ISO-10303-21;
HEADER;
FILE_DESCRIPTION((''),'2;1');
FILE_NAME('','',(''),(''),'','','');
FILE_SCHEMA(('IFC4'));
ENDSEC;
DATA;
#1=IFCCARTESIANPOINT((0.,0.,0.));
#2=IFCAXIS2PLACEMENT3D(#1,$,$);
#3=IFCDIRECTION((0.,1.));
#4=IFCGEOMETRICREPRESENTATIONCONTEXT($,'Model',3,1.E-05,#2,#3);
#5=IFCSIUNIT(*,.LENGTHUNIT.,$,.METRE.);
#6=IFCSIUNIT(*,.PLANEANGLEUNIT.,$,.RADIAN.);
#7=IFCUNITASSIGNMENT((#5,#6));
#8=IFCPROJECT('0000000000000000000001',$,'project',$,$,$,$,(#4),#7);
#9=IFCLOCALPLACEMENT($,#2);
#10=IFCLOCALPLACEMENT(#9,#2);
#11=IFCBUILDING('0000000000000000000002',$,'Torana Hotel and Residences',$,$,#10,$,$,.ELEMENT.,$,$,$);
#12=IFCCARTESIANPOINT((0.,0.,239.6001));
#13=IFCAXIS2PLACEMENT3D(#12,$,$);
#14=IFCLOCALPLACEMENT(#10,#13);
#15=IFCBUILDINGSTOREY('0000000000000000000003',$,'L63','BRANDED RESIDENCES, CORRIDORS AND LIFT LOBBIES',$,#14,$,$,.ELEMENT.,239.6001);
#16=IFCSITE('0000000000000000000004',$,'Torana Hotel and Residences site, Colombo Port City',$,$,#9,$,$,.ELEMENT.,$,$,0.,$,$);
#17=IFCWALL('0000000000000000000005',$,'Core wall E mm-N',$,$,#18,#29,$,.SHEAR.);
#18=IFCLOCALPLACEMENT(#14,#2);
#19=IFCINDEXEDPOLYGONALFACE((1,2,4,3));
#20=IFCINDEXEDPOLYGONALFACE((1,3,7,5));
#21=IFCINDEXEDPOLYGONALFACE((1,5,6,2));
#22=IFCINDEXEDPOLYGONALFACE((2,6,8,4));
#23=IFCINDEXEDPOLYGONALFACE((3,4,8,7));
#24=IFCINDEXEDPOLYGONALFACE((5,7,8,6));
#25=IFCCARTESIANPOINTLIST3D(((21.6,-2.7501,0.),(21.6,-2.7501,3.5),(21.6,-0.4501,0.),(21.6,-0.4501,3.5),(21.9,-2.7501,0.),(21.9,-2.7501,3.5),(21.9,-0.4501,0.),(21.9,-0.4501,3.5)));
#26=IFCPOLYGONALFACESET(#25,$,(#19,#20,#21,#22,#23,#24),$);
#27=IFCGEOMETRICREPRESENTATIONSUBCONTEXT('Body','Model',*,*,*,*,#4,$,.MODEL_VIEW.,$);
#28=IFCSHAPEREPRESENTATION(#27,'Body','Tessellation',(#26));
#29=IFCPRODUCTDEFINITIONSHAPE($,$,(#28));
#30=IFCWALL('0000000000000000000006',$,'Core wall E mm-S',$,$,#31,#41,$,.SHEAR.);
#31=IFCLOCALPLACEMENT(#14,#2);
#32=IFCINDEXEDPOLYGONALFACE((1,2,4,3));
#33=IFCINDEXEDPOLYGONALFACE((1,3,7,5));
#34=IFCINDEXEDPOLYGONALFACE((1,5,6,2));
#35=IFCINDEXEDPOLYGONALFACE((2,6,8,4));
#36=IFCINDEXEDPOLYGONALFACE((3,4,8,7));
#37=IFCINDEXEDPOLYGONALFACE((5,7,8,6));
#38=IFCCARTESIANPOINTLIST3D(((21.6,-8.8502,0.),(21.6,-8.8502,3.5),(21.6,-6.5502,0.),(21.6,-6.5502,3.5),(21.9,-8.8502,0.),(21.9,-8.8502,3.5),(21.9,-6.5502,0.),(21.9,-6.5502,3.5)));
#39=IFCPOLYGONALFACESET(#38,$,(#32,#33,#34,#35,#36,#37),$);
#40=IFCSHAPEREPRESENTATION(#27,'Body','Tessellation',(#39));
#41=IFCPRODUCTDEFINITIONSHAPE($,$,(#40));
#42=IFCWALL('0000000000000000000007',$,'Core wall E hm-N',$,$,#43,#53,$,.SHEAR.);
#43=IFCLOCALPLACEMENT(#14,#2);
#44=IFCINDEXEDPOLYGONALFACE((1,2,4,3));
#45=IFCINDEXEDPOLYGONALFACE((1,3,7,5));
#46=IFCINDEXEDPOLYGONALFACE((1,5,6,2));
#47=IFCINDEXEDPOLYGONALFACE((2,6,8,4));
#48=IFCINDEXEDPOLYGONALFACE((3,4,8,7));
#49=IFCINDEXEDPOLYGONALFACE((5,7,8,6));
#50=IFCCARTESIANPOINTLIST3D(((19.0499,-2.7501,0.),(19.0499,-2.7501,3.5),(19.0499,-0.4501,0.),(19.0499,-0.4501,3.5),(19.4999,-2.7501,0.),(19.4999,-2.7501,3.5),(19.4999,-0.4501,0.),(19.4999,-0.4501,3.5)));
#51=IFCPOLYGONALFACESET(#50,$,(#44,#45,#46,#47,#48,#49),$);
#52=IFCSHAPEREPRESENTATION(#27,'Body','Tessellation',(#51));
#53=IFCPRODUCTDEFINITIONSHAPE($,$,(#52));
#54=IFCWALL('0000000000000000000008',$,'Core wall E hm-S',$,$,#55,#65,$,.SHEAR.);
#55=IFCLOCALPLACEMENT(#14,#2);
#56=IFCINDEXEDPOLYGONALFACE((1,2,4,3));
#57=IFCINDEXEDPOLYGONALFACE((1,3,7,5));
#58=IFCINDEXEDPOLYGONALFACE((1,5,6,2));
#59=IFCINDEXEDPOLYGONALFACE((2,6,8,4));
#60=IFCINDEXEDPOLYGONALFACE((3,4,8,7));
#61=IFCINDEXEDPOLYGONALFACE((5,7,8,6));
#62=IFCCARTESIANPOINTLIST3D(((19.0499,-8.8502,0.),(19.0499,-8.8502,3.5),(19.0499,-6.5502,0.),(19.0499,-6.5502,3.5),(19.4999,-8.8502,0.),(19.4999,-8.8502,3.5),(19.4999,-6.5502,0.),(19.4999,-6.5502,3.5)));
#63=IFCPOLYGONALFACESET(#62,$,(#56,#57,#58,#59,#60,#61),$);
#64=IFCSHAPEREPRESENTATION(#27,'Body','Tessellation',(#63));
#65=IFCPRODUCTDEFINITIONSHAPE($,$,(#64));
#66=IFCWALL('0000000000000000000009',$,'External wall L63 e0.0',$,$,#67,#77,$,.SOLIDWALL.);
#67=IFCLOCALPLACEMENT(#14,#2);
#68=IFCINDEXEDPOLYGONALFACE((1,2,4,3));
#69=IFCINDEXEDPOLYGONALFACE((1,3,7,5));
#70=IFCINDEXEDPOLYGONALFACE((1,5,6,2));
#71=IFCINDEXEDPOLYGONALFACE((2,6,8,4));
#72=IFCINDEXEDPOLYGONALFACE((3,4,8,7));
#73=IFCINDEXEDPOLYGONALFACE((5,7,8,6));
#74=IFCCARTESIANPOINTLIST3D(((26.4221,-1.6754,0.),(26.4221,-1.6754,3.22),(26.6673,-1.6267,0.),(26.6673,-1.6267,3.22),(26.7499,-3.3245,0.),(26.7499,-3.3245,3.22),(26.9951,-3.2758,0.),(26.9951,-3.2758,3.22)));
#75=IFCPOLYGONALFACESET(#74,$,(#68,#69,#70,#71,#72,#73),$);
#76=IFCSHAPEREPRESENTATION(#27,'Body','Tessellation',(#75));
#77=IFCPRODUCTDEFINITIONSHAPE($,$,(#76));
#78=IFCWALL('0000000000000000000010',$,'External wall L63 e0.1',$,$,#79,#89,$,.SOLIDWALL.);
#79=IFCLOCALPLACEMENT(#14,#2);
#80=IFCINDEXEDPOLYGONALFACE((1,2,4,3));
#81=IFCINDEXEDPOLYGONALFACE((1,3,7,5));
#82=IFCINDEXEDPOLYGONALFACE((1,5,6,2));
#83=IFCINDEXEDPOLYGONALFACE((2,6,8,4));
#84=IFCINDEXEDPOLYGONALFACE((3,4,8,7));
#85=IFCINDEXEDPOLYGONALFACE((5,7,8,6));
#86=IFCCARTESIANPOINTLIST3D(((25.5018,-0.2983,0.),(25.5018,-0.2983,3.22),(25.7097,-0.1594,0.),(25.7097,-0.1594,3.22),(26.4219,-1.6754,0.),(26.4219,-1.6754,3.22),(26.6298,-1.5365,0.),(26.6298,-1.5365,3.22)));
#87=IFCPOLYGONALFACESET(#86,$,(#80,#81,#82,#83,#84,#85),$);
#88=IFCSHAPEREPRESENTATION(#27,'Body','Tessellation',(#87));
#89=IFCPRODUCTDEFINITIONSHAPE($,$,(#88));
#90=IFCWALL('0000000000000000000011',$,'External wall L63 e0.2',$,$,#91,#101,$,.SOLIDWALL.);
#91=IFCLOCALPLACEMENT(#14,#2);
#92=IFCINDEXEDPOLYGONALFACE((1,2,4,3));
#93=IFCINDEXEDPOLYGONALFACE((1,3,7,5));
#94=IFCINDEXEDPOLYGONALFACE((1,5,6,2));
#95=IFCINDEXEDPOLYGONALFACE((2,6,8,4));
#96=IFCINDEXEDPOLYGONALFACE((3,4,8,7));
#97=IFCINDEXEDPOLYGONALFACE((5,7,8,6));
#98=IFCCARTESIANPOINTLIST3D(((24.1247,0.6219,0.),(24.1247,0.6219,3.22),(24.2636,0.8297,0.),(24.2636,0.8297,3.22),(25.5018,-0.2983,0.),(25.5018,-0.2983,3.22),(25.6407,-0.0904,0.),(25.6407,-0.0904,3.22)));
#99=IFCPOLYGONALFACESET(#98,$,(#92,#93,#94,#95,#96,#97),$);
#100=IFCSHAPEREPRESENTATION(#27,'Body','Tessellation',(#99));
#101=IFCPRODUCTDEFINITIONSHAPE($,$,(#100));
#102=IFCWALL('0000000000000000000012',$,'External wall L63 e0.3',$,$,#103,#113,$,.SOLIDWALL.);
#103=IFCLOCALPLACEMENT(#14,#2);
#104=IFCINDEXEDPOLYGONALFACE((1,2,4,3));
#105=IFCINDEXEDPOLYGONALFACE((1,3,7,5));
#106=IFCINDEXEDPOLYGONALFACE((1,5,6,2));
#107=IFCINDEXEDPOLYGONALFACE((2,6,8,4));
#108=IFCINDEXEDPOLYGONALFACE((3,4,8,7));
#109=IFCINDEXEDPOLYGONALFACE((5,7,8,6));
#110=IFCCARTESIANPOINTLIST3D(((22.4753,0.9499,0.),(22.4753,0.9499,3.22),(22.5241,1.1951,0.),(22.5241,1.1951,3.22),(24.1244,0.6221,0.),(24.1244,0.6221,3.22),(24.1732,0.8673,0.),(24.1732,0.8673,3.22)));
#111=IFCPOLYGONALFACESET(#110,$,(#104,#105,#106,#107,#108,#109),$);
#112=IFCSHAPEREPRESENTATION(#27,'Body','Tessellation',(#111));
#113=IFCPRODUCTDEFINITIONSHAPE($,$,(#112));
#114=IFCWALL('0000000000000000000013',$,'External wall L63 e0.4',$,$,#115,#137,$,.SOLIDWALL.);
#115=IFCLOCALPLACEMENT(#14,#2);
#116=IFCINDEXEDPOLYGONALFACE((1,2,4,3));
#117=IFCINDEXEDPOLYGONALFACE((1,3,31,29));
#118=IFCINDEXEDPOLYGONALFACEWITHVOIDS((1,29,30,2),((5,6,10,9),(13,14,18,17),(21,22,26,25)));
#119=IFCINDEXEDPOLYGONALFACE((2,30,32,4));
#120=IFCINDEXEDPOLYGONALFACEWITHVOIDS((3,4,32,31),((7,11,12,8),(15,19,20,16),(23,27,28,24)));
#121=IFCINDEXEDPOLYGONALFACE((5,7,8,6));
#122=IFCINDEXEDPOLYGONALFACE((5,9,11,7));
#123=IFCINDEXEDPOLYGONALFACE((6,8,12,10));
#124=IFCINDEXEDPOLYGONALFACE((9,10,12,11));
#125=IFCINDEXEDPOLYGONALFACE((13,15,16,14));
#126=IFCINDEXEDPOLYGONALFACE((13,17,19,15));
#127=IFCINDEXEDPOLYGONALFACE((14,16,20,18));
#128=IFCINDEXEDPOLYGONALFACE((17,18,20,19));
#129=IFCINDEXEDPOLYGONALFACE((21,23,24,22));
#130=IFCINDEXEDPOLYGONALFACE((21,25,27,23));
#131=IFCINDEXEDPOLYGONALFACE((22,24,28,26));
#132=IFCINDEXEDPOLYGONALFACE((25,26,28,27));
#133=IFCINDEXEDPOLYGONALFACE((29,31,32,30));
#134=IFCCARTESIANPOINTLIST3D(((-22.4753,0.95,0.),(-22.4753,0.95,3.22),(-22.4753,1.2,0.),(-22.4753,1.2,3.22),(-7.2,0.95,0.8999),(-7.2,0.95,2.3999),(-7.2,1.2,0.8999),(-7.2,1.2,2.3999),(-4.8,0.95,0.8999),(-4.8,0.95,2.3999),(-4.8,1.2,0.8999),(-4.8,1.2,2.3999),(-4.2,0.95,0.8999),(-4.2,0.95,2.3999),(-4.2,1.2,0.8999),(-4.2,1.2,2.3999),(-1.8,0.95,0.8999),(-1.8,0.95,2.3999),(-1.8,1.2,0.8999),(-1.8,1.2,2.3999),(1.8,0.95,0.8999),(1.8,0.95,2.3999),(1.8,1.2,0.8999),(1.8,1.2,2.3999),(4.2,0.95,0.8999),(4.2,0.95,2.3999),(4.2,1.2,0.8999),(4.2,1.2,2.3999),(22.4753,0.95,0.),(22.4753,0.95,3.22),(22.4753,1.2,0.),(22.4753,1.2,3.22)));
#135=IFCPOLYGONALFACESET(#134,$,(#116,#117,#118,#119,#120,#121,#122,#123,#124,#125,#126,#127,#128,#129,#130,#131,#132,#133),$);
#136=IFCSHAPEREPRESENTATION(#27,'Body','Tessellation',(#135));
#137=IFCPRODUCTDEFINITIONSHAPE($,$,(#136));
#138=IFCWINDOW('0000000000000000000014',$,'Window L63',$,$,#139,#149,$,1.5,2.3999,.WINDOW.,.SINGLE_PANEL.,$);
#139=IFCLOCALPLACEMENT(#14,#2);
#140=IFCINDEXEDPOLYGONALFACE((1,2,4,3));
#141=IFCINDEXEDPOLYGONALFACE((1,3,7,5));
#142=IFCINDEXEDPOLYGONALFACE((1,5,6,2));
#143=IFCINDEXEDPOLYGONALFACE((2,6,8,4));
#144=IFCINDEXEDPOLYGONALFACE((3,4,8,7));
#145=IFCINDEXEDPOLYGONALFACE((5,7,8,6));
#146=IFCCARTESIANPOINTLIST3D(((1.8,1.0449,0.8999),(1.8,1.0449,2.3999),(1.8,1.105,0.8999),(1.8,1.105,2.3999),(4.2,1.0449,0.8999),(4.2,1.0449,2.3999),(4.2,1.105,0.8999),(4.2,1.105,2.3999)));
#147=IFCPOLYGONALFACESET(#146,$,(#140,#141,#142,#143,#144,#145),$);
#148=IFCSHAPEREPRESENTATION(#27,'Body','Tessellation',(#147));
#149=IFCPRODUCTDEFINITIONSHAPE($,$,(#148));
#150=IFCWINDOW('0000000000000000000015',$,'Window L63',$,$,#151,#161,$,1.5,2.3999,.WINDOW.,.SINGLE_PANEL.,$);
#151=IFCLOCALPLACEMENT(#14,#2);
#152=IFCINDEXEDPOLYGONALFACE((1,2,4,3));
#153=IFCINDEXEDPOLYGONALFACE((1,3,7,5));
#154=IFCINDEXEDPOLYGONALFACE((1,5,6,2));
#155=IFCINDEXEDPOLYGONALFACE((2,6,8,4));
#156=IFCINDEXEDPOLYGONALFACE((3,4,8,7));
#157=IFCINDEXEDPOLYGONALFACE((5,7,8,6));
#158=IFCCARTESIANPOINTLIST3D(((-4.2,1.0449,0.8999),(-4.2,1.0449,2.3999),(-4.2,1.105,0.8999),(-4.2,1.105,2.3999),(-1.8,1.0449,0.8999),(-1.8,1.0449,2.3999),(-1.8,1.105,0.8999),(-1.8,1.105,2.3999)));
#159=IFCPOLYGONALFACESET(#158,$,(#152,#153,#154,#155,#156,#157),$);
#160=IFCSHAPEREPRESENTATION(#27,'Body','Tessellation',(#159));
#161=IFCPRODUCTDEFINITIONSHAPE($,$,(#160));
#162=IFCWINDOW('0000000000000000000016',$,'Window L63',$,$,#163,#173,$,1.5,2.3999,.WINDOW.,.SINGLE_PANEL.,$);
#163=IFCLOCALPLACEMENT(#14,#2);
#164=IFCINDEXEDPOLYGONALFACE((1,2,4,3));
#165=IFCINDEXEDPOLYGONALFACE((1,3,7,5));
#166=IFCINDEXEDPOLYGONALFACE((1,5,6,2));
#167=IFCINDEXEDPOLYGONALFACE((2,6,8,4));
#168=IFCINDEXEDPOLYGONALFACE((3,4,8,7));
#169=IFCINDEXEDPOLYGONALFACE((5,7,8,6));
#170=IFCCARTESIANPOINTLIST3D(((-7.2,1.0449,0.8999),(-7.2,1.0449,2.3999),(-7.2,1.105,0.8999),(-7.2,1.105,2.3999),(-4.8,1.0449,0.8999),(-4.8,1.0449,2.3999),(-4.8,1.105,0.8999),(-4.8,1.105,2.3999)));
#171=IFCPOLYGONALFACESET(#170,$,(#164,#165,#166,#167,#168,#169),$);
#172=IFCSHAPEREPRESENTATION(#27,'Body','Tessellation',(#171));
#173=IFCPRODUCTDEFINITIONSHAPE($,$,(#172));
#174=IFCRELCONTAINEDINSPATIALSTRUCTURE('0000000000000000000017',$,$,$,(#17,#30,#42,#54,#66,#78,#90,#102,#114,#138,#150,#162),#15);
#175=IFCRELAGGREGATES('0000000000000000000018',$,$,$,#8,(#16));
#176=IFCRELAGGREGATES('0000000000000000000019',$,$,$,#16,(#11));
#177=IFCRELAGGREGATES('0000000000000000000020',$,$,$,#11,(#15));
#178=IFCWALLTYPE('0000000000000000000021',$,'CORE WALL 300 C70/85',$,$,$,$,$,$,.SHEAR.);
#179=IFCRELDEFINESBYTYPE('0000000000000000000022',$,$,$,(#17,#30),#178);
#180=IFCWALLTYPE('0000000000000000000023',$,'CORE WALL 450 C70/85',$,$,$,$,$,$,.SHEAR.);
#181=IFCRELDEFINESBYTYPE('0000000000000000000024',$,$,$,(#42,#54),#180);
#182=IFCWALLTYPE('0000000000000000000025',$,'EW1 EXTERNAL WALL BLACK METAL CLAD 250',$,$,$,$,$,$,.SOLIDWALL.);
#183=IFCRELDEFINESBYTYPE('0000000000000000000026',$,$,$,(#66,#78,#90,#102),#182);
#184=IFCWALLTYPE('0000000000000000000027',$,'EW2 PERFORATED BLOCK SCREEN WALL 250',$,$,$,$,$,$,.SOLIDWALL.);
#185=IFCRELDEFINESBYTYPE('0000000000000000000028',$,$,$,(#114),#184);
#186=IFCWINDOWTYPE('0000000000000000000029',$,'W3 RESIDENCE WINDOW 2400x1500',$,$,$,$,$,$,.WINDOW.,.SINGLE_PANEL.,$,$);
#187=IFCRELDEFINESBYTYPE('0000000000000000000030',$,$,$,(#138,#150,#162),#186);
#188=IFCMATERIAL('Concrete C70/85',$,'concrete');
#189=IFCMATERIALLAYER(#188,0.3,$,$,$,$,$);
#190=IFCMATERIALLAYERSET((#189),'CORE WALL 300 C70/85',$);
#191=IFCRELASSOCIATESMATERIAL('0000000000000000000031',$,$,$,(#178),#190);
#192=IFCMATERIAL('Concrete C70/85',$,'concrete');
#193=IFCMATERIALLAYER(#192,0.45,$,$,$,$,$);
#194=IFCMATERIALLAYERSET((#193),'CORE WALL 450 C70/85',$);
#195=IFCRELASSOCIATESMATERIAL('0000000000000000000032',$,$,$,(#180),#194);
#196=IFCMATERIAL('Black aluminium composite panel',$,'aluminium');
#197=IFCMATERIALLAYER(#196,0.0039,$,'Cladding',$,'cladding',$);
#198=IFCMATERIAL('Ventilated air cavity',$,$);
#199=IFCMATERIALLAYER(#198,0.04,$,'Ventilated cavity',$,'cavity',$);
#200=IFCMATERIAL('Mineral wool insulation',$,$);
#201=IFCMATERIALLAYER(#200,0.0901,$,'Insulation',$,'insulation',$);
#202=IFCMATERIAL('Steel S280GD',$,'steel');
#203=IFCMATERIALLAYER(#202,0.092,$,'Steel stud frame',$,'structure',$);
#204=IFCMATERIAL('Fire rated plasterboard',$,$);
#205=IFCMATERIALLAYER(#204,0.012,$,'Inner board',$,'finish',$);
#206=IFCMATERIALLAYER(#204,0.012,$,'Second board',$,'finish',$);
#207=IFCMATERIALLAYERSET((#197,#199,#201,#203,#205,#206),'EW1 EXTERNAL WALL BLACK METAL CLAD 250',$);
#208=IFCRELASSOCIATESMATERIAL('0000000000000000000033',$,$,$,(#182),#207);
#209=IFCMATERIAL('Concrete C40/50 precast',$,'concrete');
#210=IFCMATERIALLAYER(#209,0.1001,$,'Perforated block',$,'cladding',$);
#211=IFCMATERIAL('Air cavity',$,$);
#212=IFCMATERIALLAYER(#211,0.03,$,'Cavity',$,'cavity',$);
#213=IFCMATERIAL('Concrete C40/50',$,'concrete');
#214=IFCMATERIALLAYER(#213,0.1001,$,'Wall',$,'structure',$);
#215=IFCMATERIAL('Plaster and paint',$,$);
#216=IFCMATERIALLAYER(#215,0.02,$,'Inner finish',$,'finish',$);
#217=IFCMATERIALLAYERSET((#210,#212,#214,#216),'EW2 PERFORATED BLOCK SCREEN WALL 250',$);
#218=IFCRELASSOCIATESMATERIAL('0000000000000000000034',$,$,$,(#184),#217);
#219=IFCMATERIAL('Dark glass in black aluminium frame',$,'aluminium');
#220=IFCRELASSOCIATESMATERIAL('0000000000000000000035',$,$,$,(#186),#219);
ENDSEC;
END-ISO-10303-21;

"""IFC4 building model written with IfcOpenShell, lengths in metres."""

from ifc_helpers import new_model, si_unit, direction, frame, frame_2d, origin, place, context, subcontext, project, spatial, rectangle, extrude, material, layer, layer_set, type_object, element, fill, save


model = new_model("IFC4")

# Units and contexts
model_context = context("Model", 3, precision=1e-05, world=origin(), true_north=direction((0.0, 1.0)))
body_context = subcontext(model_context, "Body", "Model", "MODEL_VIEW")
ifc_project = project(units=[si_unit("LENGTHUNIT", "METRE"), si_unit("PLANEANGLEUNIT", "RADIAN")], contexts=[model_context])

# Site, building, storey
site_placement = place(None, origin())
site = spatial("IfcSite", under=ifc_project, at=site_placement, Name="Torana Hotel and Residences site, Colombo Port City", CompositionType="ELEMENT", RefElevation=0.0)
building_placement = place(site_placement, origin())
building = spatial("IfcBuilding", under=site, at=building_placement, Name="Torana Hotel and Residences", CompositionType="ELEMENT")
storey_placement = place(building_placement, frame((0.0, 0.0, 239.6001)))
storey = spatial("IfcBuildingStorey", under=building, at=storey_placement, Name="L63", Description="BRANDED RESIDENCES, CORRIDORS AND LIFT LOBBIES", CompositionType="ELEMENT", Elevation=239.6001)

# Walls
ifc_material_1 = material(Name="Concrete C70/85", Category="concrete")
ifc_layer_1 = layer(ifc_material_1, 0.3)
ifc_layer_set_1 = layer_set([ifc_layer_1], Name="CORE WALL 300 C70/85")
wall_type_1 = type_object("IfcWallType", Name="CORE WALL 300 C70/85", PredefinedType="SHEAR", material=ifc_layer_set_1)
for number, where, z_axis, x_axis, name in (
    (1, (21.75, -2.75, 0.0), (0.0, 0.0, 1.0), (0.0, 1.0, 0.0), "Core wall E mm-N"),
    (2, (21.75, -8.8501, 0.0), (0.0, 0.0, 1.0), (0.0, 1.0, 0.0), "Core wall E mm-S"),
):
    element("IfcWall", number, at=place(storey_placement, frame(where, z_axis=z_axis, x_axis=x_axis)), inside=storey, type_object=wall_type_1, Name=name, PredefinedType="SHEAR", context=body_context, shape_type="SweptSolid", body=[
        extrude(rectangle(XDim=2.3, YDim=0.3, at=frame_2d((1.1499, 0.0))), origin(), (0.0, 0.0, 1.0), 3.5),
    ])
ifc_material_2 = material(Name="Concrete C70/85", Category="concrete")
ifc_layer_2 = layer(ifc_material_2, 0.45)
ifc_layer_set_2 = layer_set([ifc_layer_2], Name="CORE WALL 450 C70/85")
wall_type_2 = type_object("IfcWallType", Name="CORE WALL 450 C70/85", PredefinedType="SHEAR", material=ifc_layer_set_2)
for number, where, z_axis, x_axis, name in (
    (3, (19.2749, -2.75, 0.0), (0.0, 0.0, 1.0), (0.0, 1.0, 0.0), "Core wall E hm-N"),
    (4, (19.2749, -8.8501, 0.0), (0.0, 0.0, 1.0), (0.0, 1.0, 0.0), "Core wall E hm-S"),
):
    element("IfcWall", number, at=place(storey_placement, frame(where, z_axis=z_axis, x_axis=x_axis)), inside=storey, type_object=wall_type_2, Name=name, PredefinedType="SHEAR", context=body_context, shape_type="SweptSolid", body=[
        extrude(rectangle(XDim=2.3, YDim=0.45, at=frame_2d((1.1499, 0.0))), origin(), (0.0, 0.0, 1.0), 3.5),
    ])
ifc_material_3 = material(Name="Black aluminium composite panel", Category="aluminium")
ifc_layer_3 = layer(ifc_material_3, 0.0039, Name="Cladding", Category="cladding")
ifc_material_4 = material(Name="Ventilated air cavity")
ifc_layer_4 = layer(ifc_material_4, 0.04, Name="Ventilated cavity", Category="cavity")
ifc_material_5 = material(Name="Mineral wool insulation")
ifc_layer_5 = layer(ifc_material_5, 0.0901, Name="Insulation", Category="insulation")
ifc_material_6 = material(Name="Steel S280GD", Category="steel")
ifc_layer_6 = layer(ifc_material_6, 0.092, Name="Steel stud frame", Category="structure")
ifc_material_7 = material(Name="Fire rated plasterboard")
ifc_layer_7 = layer(ifc_material_7, 0.012, Name="Inner board", Category="finish")
ifc_layer_8 = layer(ifc_material_7, 0.012, Name="Second board", Category="finish")
ifc_layer_set_3 = layer_set([ifc_layer_3, ifc_layer_4, ifc_layer_5, ifc_layer_6, ifc_layer_7, ifc_layer_8], Name="EW1 EXTERNAL WALL BLACK METAL CLAD 250")
wall_type_3 = type_object("IfcWallType", Name="EW1 EXTERNAL WALL BLACK METAL CLAD 250", PredefinedType="SOLIDWALL", material=ifc_layer_set_3)
wall_1_placement = place(storey_placement, frame((26.8726, -3.3003, 0.0), z_axis=(0.0, 0.0, 1.0), x_axis=(-0.194999, 0.980803, 0.0)))
element("IfcWall", 5, at=wall_1_placement, inside=storey, type_object=wall_type_3, Name="External wall L63 e0.0", PredefinedType="SOLIDWALL", context=body_context, shape_type="SweptSolid", body=[
    extrude(rectangle(XDim=1.6814, YDim=0.25, at=frame_2d((0.8408, 0.0))), origin(), (0.0, 0.0, 1.0), 3.22),
])
for number, where, z_axis, x_axis, name in (
    (6, (26.5259, -1.606, 0.0), (0.0, 0.0, 1.0), (-0.55555, 0.831483, 0.0), "External wall L63 e0.1"),
    (7, (25.5713, -0.1943, 0.0), (0.0, 0.0, 1.0), (-0.831483, 0.55555, 0.0), "External wall L63 e0.2"),
):
    element("IfcWall", number, at=place(storey_placement, frame(where, z_axis=z_axis, x_axis=x_axis)), inside=storey, type_object=wall_type_3, Name=name, PredefinedType="SOLIDWALL", context=body_context, shape_type="SweptSolid", body=[
        extrude(rectangle(XDim=1.6562, YDim=0.25, at=frame_2d((0.8281, 0.0))), origin(), (0.0, 0.0, 1.0), 3.22),
    ])
wall_2_placement = place(storey_placement, frame((24.1489, 0.7446, 0.0), z_axis=(0.0, 0.0, 1.0), x_axis=(-0.980803, 0.194999, 0.0)))
element("IfcWall", 8, at=wall_2_placement, inside=storey, type_object=wall_type_3, Name="External wall L63 e0.3", PredefinedType="SOLIDWALL", context=body_context, shape_type="SweptSolid", body=[
    extrude(rectangle(XDim=1.6814, YDim=0.25, at=frame_2d((0.8408, 0.0))), origin(), (0.0, 0.0, 1.0), 3.22),
])

# Wall, openings, windows
ifc_material_8 = material(Name="Concrete C40/50 precast", Category="concrete")
ifc_layer_9 = layer(ifc_material_8, 0.1001, Name="Perforated block", Category="cladding")
ifc_material_9 = material(Name="Air cavity")
ifc_layer_10 = layer(ifc_material_9, 0.03, Name="Cavity", Category="cavity")
ifc_material_10 = material(Name="Concrete C40/50", Category="concrete")
ifc_layer_11 = layer(ifc_material_10, 0.1001, Name="Wall", Category="structure")
ifc_material_11 = material(Name="Plaster and paint")
ifc_layer_12 = layer(ifc_material_11, 0.02, Name="Inner finish", Category="finish")
ifc_layer_set_4 = layer_set([ifc_layer_9, ifc_layer_10, ifc_layer_11, ifc_layer_12], Name="EW2 PERFORATED BLOCK SCREEN WALL 250")
wall_type_4 = type_object("IfcWallType", Name="EW2 PERFORATED BLOCK SCREEN WALL 250", PredefinedType="SOLIDWALL", material=ifc_layer_set_4)
wall_3_placement = place(storey_placement, frame((22.4753, 1.075, 0.0), z_axis=(0.0, 0.0, 1.0), x_axis=(-1.0, 0.0, 0.0)))
wall_3 = element("IfcWall", 9, at=wall_3_placement, inside=storey, type_object=wall_type_4, Name="External wall L63 e0.4", PredefinedType="SOLIDWALL", context=body_context, shape_type="SweptSolid", body=[
    extrude(rectangle(XDim=44.9507, YDim=0.25, at=frame_2d((22.4753, 0.0))), origin(), (0.0, 0.0, 1.0), 3.22),
])
opening_1_placement = place(wall_3_placement, frame((18.2754, 0.0, 0.8999)))
opening_1 = element("IfcOpeningElement", 10, at=opening_1_placement, cuts=wall_3, PredefinedType="OPENING", context=body_context, shape_type="SweptSolid", body=[
    extrude(rectangle(XDim=2.3999, YDim=1.5, at=frame_2d((1.2, 0.75))), frame((0.0, 0.135, 0.0), z_axis=(0.0, -1.0, 0.0), x_axis=(1.0, 0.0, 0.0)), (0.0, 0.0, 1.0), 0.27),
])
opening_2_placement = place(wall_3_placement, frame((24.2754, 0.0, 0.8999)))
opening_2 = element("IfcOpeningElement", 11, at=opening_2_placement, cuts=wall_3, PredefinedType="OPENING", context=body_context, shape_type="SweptSolid", body=[
    extrude(rectangle(XDim=2.3999, YDim=1.5, at=frame_2d((1.2, 0.75))), frame((0.0, 0.135, 0.0), z_axis=(0.0, -1.0, 0.0), x_axis=(1.0, 0.0, 0.0)), (0.0, 0.0, 1.0), 0.27),
])
opening_3_placement = place(wall_3_placement, frame((27.2754, 0.0, 0.8999)))
opening_3 = element("IfcOpeningElement", 12, at=opening_3_placement, cuts=wall_3, PredefinedType="OPENING", context=body_context, shape_type="SweptSolid", body=[
    extrude(rectangle(XDim=2.3999, YDim=1.5, at=frame_2d((1.2, 0.75))), frame((0.0, 0.135, 0.0), z_axis=(0.0, -1.0, 0.0), x_axis=(1.0, 0.0, 0.0)), (0.0, 0.0, 1.0), 0.27),
])
ifc_material_12 = material(Name="Dark glass in black aluminium frame", Category="aluminium")
window_type = type_object("IfcWindowType", Name="W3 RESIDENCE WINDOW 2400x1500", PartitioningType="SINGLE_PANEL", PredefinedType="WINDOW", material=ifc_material_12)
window_1_placement = place(opening_1_placement, origin())
window_1 = element("IfcWindow", 13, at=window_1_placement, inside=storey, type_object=window_type, Name="Window L63", OverallHeight=1.5, OverallWidth=2.3999, PartitioningType="SINGLE_PANEL", PredefinedType="WINDOW", context=body_context, shape_type="SweptSolid", body=[
    extrude(rectangle(XDim=2.3999, YDim=1.5, at=frame_2d((1.2, 0.75))), frame((0.0, 0.03, 0.0), z_axis=(0.0, -1.0, 0.0), x_axis=(1.0, 0.0, 0.0)), (0.0, 0.0, 1.0), 0.0601),
])
fill(opening_1, window_1)
window_2_placement = place(opening_2_placement, origin())
window_2 = element("IfcWindow", 14, at=window_2_placement, inside=storey, type_object=window_type, Name="Window L63", OverallHeight=1.5, OverallWidth=2.3999, PartitioningType="SINGLE_PANEL", PredefinedType="WINDOW", context=body_context, shape_type="SweptSolid", body=[
    extrude(rectangle(XDim=2.3999, YDim=1.5, at=frame_2d((1.2, 0.75))), frame((0.0, 0.03, 0.0), z_axis=(0.0, -1.0, 0.0), x_axis=(1.0, 0.0, 0.0)), (0.0, 0.0, 1.0), 0.0601),
])
fill(opening_2, window_2)
window_3_placement = place(opening_3_placement, origin())
window_3 = element("IfcWindow", 15, at=window_3_placement, inside=storey, type_object=window_type, Name="Window L63", OverallHeight=1.5, OverallWidth=2.3999, PartitioningType="SINGLE_PANEL", PredefinedType="WINDOW", context=body_context, shape_type="SweptSolid", body=[
    extrude(rectangle(XDim=2.3999, YDim=1.5, at=frame_2d((1.2, 0.75))), frame((0.0, 0.03, 0.0), z_axis=(0.0, -1.0, 0.0), x_axis=(1.0, 0.0, 0.0)), (0.0, 0.0, 1.0), 0.0601),
])
fill(opening_3, window_3)

save(model, "model.ifc")
